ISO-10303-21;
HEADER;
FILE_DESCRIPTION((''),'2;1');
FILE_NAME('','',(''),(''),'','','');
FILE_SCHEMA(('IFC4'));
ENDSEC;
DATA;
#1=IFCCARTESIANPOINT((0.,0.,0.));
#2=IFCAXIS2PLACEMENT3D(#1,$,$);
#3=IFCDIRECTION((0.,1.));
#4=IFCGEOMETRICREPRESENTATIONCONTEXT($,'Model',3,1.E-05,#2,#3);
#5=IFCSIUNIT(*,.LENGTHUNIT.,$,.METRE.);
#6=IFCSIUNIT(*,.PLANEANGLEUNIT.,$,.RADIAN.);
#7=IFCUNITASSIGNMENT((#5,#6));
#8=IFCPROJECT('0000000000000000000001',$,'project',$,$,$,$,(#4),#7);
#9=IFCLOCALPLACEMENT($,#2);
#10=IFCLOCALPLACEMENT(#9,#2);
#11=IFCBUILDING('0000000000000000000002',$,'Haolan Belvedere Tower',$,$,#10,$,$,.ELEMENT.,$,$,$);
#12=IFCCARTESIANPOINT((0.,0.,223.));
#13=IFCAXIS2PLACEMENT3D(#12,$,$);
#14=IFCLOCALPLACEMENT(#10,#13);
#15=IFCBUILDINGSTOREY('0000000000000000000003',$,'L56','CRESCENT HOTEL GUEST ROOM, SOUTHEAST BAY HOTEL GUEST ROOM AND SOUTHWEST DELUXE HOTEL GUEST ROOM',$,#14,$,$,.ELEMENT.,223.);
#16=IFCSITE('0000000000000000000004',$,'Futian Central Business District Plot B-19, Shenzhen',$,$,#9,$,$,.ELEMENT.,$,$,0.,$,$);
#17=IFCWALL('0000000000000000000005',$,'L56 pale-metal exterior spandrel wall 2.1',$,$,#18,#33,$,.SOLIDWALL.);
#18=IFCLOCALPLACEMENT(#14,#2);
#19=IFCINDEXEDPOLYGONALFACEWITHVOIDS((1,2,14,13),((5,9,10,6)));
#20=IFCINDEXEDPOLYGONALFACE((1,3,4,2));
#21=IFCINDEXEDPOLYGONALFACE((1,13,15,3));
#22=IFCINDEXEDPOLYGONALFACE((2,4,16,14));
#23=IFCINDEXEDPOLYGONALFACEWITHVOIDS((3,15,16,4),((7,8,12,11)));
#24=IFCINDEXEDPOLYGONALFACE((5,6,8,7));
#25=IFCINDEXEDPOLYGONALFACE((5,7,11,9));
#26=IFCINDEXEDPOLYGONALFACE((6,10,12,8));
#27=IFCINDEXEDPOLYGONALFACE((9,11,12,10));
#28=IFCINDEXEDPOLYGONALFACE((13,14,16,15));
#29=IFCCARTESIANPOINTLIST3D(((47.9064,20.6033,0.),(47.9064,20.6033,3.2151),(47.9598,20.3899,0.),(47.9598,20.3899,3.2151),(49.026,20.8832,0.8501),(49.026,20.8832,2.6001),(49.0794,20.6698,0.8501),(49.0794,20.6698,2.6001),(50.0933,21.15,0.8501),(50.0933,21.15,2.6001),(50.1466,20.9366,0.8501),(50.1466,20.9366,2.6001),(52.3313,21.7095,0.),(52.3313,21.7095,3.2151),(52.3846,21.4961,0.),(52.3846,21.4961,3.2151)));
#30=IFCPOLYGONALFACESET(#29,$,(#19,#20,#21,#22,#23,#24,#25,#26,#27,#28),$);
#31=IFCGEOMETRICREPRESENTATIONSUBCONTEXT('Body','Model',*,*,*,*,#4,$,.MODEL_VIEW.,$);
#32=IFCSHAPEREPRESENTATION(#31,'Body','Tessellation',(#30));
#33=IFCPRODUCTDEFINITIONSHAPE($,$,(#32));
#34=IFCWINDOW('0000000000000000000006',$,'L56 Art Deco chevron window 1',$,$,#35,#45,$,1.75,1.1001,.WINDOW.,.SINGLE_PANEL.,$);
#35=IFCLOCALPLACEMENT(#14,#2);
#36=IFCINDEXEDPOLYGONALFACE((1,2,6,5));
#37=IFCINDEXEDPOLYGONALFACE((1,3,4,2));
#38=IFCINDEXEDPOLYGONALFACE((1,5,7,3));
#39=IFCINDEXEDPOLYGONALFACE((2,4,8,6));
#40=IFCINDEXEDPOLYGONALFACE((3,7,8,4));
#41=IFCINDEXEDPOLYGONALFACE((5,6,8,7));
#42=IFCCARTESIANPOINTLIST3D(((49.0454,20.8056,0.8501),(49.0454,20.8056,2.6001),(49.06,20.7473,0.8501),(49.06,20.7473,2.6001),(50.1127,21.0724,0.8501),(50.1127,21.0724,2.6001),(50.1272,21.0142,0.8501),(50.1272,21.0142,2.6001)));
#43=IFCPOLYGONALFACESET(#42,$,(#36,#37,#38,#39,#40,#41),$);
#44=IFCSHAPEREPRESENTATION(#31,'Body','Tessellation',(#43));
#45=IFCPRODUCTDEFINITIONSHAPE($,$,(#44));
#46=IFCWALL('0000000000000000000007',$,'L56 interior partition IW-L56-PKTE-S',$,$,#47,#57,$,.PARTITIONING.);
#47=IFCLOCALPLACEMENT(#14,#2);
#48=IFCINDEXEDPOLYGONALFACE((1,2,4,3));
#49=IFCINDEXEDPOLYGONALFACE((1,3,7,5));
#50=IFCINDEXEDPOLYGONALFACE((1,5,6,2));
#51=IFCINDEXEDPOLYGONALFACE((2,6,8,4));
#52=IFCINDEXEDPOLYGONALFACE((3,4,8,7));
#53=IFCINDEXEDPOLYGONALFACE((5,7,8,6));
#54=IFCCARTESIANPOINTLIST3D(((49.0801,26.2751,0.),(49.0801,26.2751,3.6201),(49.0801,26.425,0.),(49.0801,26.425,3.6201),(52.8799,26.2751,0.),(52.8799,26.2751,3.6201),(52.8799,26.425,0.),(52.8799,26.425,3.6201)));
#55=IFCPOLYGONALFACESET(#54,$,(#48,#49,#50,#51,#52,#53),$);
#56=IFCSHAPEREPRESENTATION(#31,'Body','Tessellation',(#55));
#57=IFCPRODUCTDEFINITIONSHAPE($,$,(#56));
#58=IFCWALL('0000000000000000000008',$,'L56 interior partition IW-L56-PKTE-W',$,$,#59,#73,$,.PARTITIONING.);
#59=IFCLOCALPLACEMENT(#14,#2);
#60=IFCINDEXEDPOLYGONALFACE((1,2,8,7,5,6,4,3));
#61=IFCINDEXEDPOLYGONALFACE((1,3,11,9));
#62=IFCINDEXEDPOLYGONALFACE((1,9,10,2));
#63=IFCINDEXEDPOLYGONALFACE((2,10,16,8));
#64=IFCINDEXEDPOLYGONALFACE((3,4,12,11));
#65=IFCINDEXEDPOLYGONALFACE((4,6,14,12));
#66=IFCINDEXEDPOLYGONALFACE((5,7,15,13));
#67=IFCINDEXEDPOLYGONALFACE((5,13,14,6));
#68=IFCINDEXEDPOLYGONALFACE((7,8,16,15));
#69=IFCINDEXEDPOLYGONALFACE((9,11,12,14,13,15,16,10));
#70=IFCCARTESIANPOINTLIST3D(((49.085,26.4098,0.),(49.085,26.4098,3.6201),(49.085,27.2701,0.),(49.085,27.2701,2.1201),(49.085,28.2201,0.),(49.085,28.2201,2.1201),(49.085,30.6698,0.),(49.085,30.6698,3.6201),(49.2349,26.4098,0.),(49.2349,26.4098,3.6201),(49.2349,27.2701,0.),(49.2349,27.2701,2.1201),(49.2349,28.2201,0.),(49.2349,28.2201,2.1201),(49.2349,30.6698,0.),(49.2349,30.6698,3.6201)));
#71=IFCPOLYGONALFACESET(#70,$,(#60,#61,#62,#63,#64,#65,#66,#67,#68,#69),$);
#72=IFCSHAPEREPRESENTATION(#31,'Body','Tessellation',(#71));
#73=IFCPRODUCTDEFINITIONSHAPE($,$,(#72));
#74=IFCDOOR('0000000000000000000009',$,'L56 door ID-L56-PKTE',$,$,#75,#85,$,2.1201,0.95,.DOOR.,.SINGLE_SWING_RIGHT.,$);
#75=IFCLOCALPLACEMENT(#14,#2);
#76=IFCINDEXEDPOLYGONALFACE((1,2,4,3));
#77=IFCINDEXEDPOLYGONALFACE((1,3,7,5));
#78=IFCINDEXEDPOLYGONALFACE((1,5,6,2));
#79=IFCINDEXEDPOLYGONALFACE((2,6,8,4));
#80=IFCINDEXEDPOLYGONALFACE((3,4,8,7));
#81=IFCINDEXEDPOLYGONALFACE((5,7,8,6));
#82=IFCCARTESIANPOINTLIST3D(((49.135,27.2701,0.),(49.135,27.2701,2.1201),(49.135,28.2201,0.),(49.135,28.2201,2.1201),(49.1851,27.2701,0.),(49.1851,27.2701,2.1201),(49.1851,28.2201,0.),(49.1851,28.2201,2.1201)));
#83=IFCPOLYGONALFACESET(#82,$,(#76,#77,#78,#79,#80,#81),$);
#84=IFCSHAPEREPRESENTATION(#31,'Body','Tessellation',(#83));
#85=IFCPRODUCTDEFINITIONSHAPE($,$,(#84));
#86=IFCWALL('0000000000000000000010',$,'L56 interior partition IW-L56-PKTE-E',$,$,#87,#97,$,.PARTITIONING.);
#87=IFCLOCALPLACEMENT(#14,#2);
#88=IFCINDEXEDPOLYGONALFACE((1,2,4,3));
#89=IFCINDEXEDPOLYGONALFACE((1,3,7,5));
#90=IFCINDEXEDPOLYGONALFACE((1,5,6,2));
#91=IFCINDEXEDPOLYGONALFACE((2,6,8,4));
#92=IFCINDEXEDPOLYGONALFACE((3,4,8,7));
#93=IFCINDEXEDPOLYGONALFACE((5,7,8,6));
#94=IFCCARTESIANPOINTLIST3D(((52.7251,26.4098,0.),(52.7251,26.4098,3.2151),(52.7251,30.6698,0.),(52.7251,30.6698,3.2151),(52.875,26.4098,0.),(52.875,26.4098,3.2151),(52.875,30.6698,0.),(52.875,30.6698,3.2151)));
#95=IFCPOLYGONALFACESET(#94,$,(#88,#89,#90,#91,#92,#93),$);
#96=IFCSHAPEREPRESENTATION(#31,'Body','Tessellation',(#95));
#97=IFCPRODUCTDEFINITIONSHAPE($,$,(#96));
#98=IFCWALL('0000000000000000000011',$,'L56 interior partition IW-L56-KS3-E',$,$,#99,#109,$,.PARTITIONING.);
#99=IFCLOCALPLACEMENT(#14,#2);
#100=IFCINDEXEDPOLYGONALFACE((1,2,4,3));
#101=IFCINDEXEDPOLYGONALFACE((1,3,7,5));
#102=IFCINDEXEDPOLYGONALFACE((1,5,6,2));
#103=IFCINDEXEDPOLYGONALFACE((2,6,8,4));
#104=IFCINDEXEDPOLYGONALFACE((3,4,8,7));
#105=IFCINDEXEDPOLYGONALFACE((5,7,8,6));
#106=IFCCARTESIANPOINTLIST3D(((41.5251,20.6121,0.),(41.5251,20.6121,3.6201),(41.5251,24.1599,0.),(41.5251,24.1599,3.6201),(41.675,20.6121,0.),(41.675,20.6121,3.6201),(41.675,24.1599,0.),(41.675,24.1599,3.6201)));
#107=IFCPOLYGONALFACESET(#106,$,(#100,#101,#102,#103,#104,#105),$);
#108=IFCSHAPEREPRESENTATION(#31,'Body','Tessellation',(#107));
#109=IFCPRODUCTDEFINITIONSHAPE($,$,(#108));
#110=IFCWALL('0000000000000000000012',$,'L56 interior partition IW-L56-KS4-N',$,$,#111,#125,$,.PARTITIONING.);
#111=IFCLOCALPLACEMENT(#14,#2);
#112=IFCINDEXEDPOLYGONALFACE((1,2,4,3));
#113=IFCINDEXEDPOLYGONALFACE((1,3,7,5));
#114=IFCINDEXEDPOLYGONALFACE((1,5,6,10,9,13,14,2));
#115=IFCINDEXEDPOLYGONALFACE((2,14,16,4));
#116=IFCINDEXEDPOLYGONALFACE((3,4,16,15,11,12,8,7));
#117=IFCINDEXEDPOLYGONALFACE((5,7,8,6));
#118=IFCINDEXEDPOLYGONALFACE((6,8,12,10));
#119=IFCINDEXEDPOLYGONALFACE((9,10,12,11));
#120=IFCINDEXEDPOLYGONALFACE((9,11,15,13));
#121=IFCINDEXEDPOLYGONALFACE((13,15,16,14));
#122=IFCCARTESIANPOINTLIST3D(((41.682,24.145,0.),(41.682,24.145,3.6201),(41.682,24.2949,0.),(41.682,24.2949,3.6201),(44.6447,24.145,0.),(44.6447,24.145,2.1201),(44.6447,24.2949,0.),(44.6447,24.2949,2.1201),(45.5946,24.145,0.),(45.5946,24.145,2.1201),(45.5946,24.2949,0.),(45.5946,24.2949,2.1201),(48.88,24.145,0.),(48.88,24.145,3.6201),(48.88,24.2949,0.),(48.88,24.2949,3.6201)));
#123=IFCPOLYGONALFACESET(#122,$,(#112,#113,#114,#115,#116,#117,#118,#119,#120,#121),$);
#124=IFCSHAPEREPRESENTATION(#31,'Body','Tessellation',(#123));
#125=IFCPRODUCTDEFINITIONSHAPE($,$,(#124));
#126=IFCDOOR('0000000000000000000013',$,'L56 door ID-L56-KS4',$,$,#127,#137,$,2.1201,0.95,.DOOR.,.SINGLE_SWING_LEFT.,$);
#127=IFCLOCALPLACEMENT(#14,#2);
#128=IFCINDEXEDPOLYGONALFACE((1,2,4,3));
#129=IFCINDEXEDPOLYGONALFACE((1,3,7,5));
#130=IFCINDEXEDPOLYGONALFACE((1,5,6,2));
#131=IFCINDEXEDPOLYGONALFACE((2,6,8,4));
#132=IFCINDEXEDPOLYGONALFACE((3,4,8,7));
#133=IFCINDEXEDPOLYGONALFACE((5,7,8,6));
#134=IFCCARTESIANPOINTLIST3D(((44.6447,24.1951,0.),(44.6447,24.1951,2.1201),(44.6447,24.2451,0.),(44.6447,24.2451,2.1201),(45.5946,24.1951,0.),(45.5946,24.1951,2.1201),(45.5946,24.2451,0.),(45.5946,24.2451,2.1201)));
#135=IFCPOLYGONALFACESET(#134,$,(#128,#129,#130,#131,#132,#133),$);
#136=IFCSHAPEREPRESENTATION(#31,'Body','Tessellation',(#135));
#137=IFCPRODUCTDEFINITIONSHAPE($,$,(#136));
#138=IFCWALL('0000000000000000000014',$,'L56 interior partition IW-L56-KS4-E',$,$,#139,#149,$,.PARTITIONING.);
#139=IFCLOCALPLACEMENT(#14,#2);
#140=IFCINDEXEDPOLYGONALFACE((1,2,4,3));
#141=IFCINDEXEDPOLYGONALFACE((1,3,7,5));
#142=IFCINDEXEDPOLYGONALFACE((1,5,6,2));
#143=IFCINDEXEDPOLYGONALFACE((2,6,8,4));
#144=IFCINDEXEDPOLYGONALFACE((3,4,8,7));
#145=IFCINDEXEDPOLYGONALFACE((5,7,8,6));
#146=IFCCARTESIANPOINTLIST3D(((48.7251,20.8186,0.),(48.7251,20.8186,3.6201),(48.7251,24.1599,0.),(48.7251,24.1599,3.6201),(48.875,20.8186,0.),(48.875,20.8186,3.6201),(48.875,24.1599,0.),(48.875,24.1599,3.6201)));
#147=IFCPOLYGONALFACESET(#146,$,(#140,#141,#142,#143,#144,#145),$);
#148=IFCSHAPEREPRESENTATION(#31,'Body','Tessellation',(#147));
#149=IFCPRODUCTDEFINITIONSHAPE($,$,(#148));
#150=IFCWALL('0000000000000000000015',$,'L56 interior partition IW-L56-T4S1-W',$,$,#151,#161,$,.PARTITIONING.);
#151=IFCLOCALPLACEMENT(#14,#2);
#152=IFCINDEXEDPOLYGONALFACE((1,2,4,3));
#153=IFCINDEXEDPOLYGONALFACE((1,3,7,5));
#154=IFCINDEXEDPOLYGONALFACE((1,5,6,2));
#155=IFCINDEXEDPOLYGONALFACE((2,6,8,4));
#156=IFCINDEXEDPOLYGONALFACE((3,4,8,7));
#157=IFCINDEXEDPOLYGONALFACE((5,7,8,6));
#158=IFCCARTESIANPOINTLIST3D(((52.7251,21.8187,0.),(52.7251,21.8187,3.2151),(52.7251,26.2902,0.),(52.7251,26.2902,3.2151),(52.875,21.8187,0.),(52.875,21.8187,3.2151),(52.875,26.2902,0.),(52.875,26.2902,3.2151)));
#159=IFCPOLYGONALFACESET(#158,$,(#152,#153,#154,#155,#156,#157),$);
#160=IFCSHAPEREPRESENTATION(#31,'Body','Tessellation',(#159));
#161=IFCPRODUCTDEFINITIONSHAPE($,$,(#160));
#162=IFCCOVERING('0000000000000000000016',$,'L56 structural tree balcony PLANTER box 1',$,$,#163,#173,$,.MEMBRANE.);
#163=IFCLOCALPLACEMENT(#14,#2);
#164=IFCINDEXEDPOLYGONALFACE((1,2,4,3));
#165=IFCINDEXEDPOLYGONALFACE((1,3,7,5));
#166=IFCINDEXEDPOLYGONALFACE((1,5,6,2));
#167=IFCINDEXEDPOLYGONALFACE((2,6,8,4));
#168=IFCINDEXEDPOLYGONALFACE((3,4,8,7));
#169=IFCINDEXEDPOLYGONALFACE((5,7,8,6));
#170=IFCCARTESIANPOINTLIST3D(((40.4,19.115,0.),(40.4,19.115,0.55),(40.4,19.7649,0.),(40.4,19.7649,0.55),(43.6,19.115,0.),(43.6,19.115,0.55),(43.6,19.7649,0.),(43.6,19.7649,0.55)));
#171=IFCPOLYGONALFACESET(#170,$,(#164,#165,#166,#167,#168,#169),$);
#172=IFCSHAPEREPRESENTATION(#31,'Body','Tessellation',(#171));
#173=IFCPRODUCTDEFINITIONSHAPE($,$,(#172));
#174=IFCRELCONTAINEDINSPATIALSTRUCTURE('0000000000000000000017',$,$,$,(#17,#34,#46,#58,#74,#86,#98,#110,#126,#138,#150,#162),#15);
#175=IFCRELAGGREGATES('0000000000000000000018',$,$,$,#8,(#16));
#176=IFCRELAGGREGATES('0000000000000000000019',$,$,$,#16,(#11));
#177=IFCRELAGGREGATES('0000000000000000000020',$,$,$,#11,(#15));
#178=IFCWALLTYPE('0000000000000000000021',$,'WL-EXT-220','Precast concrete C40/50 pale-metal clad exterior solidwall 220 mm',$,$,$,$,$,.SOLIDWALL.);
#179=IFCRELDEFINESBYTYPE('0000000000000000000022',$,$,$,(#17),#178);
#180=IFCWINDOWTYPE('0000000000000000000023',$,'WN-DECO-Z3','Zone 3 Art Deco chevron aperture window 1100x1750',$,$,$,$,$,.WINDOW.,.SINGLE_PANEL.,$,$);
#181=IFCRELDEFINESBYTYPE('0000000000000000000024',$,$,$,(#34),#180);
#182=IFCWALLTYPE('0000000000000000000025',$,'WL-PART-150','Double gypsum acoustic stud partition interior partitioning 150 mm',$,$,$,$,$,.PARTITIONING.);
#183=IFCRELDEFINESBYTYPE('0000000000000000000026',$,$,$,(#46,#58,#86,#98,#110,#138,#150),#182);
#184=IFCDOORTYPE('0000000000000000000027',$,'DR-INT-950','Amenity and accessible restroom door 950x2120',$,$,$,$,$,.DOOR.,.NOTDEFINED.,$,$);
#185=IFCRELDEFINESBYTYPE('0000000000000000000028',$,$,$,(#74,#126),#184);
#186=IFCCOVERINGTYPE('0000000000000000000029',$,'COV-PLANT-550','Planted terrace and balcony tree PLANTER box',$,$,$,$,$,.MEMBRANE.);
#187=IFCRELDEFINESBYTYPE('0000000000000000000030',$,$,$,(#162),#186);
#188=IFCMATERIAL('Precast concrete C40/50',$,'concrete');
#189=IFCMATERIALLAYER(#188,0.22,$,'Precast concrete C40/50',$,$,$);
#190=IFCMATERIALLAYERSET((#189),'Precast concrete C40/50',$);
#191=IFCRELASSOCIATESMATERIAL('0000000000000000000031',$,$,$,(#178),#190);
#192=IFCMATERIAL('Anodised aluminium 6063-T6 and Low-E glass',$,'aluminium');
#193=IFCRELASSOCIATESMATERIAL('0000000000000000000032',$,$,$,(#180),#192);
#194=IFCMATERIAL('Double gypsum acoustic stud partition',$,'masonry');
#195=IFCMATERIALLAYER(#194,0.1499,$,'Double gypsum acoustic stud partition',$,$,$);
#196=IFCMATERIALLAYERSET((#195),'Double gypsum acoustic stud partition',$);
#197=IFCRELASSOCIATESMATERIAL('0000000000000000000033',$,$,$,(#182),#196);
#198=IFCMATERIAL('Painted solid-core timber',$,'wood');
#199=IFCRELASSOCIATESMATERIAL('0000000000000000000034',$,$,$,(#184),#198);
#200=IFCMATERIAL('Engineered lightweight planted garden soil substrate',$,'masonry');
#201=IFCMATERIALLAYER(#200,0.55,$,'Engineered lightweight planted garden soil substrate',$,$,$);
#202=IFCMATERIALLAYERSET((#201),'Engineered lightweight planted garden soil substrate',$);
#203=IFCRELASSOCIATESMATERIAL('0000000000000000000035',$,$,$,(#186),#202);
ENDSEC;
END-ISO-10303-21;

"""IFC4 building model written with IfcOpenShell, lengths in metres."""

from ifc_helpers import new_model, si_unit, direction, frame, frame_2d, origin, origin_2d, place, context, subcontext, project, spatial, rectangle, extrude, material, layer, layer_set, type_object, element, fill, save


model = new_model("IFC4")

# Units and contexts
model_context = context("Model", 3, precision=1e-05, world=origin(), true_north=direction((0.0, 1.0)))
body_context = subcontext(model_context, "Body", "Model", "MODEL_VIEW")
ifc_project = project(units=[si_unit("LENGTHUNIT", "METRE"), si_unit("PLANEANGLEUNIT", "RADIAN")], contexts=[model_context])

# Site, building, storey
site_placement = place(None, origin())
site = spatial("IfcSite", under=ifc_project, at=site_placement, Name="Futian Central Business District Plot B-19, Shenzhen", CompositionType="ELEMENT", RefElevation=0.0)
building_placement = place(site_placement, origin())
building = spatial("IfcBuilding", under=site, at=building_placement, Name="Haolan Belvedere Tower", CompositionType="ELEMENT")
storey_placement = place(building_placement, frame((0.0, 0.0, 223.0)))
storey = spatial("IfcBuildingStorey", under=building, at=storey_placement, Name="L56", Description="CRESCENT HOTEL GUEST ROOM, SOUTHEAST BAY HOTEL GUEST ROOM AND SOUTHWEST DELUXE HOTEL GUEST ROOM", CompositionType="ELEMENT", Elevation=223.0)

# Wall, opening, window
ifc_material_1 = material(Name="Precast concrete C40/50", Category="concrete")
ifc_layer_1 = layer(ifc_material_1, 0.22, Name="Precast concrete C40/50")
ifc_layer_set_1 = layer_set([ifc_layer_1], Name="Precast concrete C40/50")
wall_type_1 = type_object("IfcWallType", Name="WL-EXT-220", Description="Precast concrete C40/50 pale-metal clad exterior solidwall 220 mm", PredefinedType="SOLIDWALL", material=ifc_layer_set_1)
wall_1_placement = place(storey_placement, frame((47.9331, 20.4966, 0.0), z_axis=(0.0, 0.0, 1.0), x_axis=(0.970143, 0.242536, 0.0)))
wall_1 = element("IfcWall", 1, at=wall_1_placement, inside=storey, type_object=wall_type_1, Name="L56 pale-metal exterior spandrel wall 2.1", PredefinedType="SOLIDWALL", context=body_context, shape_type="SweptSolid", body=[
    extrude(rectangle(XDim=4.561, YDim=0.22, at=frame_2d((2.2805, 0.0))), origin(), (0.0, 0.0, 1.0), 3.2151),
])
opening_1_placement = place(wall_1_placement, frame((1.1541, 0.0, 0.8501)))
opening_1 = element("IfcOpeningElement", 2, at=opening_1_placement, cuts=wall_1, PredefinedType="OPENING", context=body_context, shape_type="SweptSolid", body=[
    extrude(rectangle(XDim=1.1001, YDim=1.75, at=frame_2d((0.55, 0.875))), frame((0.0, 0.1199, 0.0), z_axis=(0.0, -1.0, 0.0), x_axis=(1.0, 0.0, 0.0)), (0.0, 0.0, 1.0), 0.24),
])
ifc_material_2 = material(Name="Anodised aluminium 6063-T6 and Low-E glass", Category="aluminium")
window_type = type_object("IfcWindowType", Name="WN-DECO-Z3", Description="Zone 3 Art Deco chevron aperture window 1100x1750", PartitioningType="SINGLE_PANEL", PredefinedType="WINDOW", material=ifc_material_2)
window_placement = place(opening_1_placement, origin())
window = element("IfcWindow", 3, at=window_placement, inside=storey, type_object=window_type, Name="L56 Art Deco chevron window 1", OverallHeight=1.75, OverallWidth=1.1001, PartitioningType="SINGLE_PANEL", PredefinedType="WINDOW", context=body_context, shape_type="SweptSolid", body=[
    extrude(rectangle(XDim=1.1001, YDim=1.75, at=frame_2d((0.55, 0.875))), frame((0.0, 0.03, 0.0), z_axis=(0.0, -1.0, 0.0), x_axis=(1.0, 0.0, 0.0)), (0.0, 0.0, 1.0), 0.0601),
])
fill(opening_1, window)

# Wall
ifc_material_3 = material(Name="Double gypsum acoustic stud partition", Category="masonry")
ifc_layer_2 = layer(ifc_material_3, 0.1499, Name="Double gypsum acoustic stud partition")
ifc_layer_set_2 = layer_set([ifc_layer_2], Name="Double gypsum acoustic stud partition")
wall_type_2 = type_object("IfcWallType", Name="WL-PART-150", Description="Double gypsum acoustic stud partition interior partitioning 150 mm", PredefinedType="PARTITIONING", material=ifc_layer_set_2)
wall_2_placement = place(storey_placement, frame((49.0801, 26.3501, 0.0), z_axis=(0.0, 0.0, 1.0), x_axis=(1.0, 0.0, 0.0)))
element("IfcWall", 4, at=wall_2_placement, inside=storey, type_object=wall_type_2, Name="L56 interior partition IW-L56-PKTE-S", PredefinedType="PARTITIONING", context=body_context, shape_type="SweptSolid", body=[
    extrude(rectangle(XDim=3.7998, YDim=0.1499, at=frame_2d((1.8999, 0.0))), origin(), (0.0, 0.0, 1.0), 3.6201),
])

# Wall, opening, door
wall_3_placement = place(storey_placement, frame((49.1599, 26.4099, 0.0), z_axis=(0.0, 0.0, 1.0), x_axis=(0.0, 1.0, 0.0)))
wall_3 = element("IfcWall", 5, at=wall_3_placement, inside=storey, type_object=wall_type_2, Name="L56 interior partition IW-L56-PKTE-W", PredefinedType="PARTITIONING", context=body_context, shape_type="SweptSolid", body=[
    extrude(rectangle(XDim=4.26, YDim=0.1499, at=frame_2d((2.1299, 0.0))), origin(), (0.0, 0.0, 1.0), 3.6201),
])
opening_2_placement = place(wall_3_placement, frame((0.8601, 0.0, 0.0)))
opening_2 = element("IfcOpeningElement", 6, at=opening_2_placement, cuts=wall_3, PredefinedType="OPENING", context=body_context, shape_type="SweptSolid", body=[
    extrude(rectangle(XDim=0.95, YDim=2.1201, at=frame_2d((0.4751, 1.0601))), frame((0.0, 0.085, 0.0), z_axis=(0.0, -1.0, 0.0), x_axis=(1.0, 0.0, 0.0)), (0.0, 0.0, 1.0), 0.1699),
])
ifc_material_4 = material(Name="Painted solid-core timber", Category="wood")
door_type = type_object("IfcDoorType", Name="DR-INT-950", Description="Amenity and accessible restroom door 950x2120", OperationType="NOTDEFINED", PredefinedType="DOOR", material=ifc_material_4)
door_1_placement = place(opening_2_placement, origin())
door_1 = element("IfcDoor", 7, at=door_1_placement, inside=storey, type_object=door_type, Name="L56 door ID-L56-PKTE", OperationType="SINGLE_SWING_RIGHT", OverallHeight=2.1201, OverallWidth=0.95, PredefinedType="DOOR", context=body_context, shape_type="SweptSolid", body=[
    extrude(rectangle(XDim=0.95, YDim=2.1201, at=frame_2d((0.4751, 1.0601))), frame((0.0, 0.0249, 0.0), z_axis=(0.0, -1.0, 0.0), x_axis=(1.0, 0.0, 0.0)), (0.0, 0.0, 1.0), 0.05),
])
fill(opening_2, door_1)

# Walls
wall_4_placement = place(storey_placement, frame((52.8, 26.4099, 0.0), z_axis=(0.0, 0.0, 1.0), x_axis=(0.0, 1.0, 0.0)))
element("IfcWall", 8, at=wall_4_placement, inside=storey, type_object=wall_type_2, Name="L56 interior partition IW-L56-PKTE-E", PredefinedType="PARTITIONING", context=body_context, shape_type="SweptSolid", body=[
    extrude(rectangle(XDim=4.26, YDim=0.1499, at=frame_2d((2.1299, 0.0))), origin(), (0.0, 0.0, 1.0), 3.2151),
])
wall_5_placement = place(storey_placement, frame((41.6001, 20.6121, 0.0), z_axis=(0.0, 0.0, 1.0), x_axis=(0.0, 1.0, 0.0)))
element("IfcWall", 9, at=wall_5_placement, inside=storey, type_object=wall_type_2, Name="L56 interior partition IW-L56-KS3-E", PredefinedType="PARTITIONING", context=body_context, shape_type="SweptSolid", body=[
    extrude(rectangle(XDim=3.5479, YDim=0.1499, at=frame_2d((1.7739, 0.0))), origin(), (0.0, 0.0, 1.0), 3.6201),
])

# Wall, opening, door
wall_6_placement = place(storey_placement, frame((41.6819, 24.22, 0.0), z_axis=(0.0, 0.0, 1.0), x_axis=(1.0, 0.0, 0.0)))
wall_6 = element("IfcWall", 10, at=wall_6_placement, inside=storey, type_object=wall_type_2, Name="L56 interior partition IW-L56-KS4-N", PredefinedType="PARTITIONING", context=body_context, shape_type="SweptSolid", body=[
    extrude(rectangle(XDim=7.198, YDim=0.1499, at=frame_2d((3.5991, 0.0))), origin(), (0.0, 0.0, 1.0), 3.6201),
])
opening_3_placement = place(wall_6_placement, frame((3.9128, 0.0, 0.0), z_axis=(0.0, 0.0, 1.0), x_axis=(-1.0, 0.0, 0.0)))
opening_3 = element("IfcOpeningElement", 11, at=opening_3_placement, cuts=wall_6, PredefinedType="OPENING", context=body_context, shape_type="SweptSolid", body=[
    extrude(rectangle(XDim=0.95, YDim=2.1201, at=frame_2d((0.4751, 1.0601))), frame((0.0, 0.085, 0.0), z_axis=(0.0, -1.0, 0.0), x_axis=(1.0, 0.0, 0.0)), (0.0, 0.0, 1.0), 0.1699),
])
door_2_placement = place(opening_3_placement, origin())
door_2 = element("IfcDoor", 12, at=door_2_placement, inside=storey, type_object=door_type, Name="L56 door ID-L56-KS4", OperationType="SINGLE_SWING_LEFT", OverallHeight=2.1201, OverallWidth=0.95, PredefinedType="DOOR", context=body_context, shape_type="SweptSolid", body=[
    extrude(rectangle(XDim=0.95, YDim=2.1201, at=frame_2d((0.4751, 1.0601))), frame((0.0, 0.0249, 0.0), z_axis=(0.0, -1.0, 0.0), x_axis=(1.0, 0.0, 0.0)), (0.0, 0.0, 1.0), 0.05),
])
fill(opening_3, door_2)

# Walls
wall_7_placement = place(storey_placement, frame((48.8, 20.8186, 0.0), z_axis=(0.0, 0.0, 1.0), x_axis=(0.0, 1.0, 0.0)))
element("IfcWall", 13, at=wall_7_placement, inside=storey, type_object=wall_type_2, Name="L56 interior partition IW-L56-KS4-E", PredefinedType="PARTITIONING", context=body_context, shape_type="SweptSolid", body=[
    extrude(rectangle(XDim=3.3413, YDim=0.1499, at=frame_2d((1.6707, 0.0))), origin(), (0.0, 0.0, 1.0), 3.6201),
])
wall_8_placement = place(storey_placement, frame((52.8, 21.8186, 0.0), z_axis=(0.0, 0.0, 1.0), x_axis=(0.0, 1.0, 0.0)))
element("IfcWall", 14, at=wall_8_placement, inside=storey, type_object=wall_type_2, Name="L56 interior partition IW-L56-T4S1-W", PredefinedType="PARTITIONING", context=body_context, shape_type="SweptSolid", body=[
    extrude(rectangle(XDim=4.4714, YDim=0.1499, at=frame_2d((2.2358, 0.0))), origin(), (0.0, 0.0, 1.0), 3.2151),
])

# Covering
ifc_material_5 = material(Name="Engineered lightweight planted garden soil substrate", Category="masonry")
ifc_layer_3 = layer(ifc_material_5, 0.55, Name="Engineered lightweight planted garden soil substrate")
ifc_layer_set_3 = layer_set([ifc_layer_3], Name="Engineered lightweight planted garden soil substrate")
covering_type = type_object("IfcCoveringType", Name="COV-PLANT-550", Description="Planted terrace and balcony tree PLANTER box", PredefinedType="MEMBRANE", material=ifc_layer_set_3)
covering_placement = place(storey_placement, frame((42.0, 19.4399, 0.0), z_axis=(0.0, 0.0, 1.0), x_axis=(1.0, 0.0, 0.0)))
element("IfcCovering", 15, at=covering_placement, inside=storey, type_object=covering_type, Name="L56 structural tree balcony PLANTER box 1", PredefinedType="MEMBRANE", context=body_context, shape_type="SweptSolid", body=[
    extrude(rectangle(XDim=3.2, YDim=0.6499, at=origin_2d()), origin(), (0.0, 0.0, 1.0), 0.55),
])

save(model, "model.ifc")
